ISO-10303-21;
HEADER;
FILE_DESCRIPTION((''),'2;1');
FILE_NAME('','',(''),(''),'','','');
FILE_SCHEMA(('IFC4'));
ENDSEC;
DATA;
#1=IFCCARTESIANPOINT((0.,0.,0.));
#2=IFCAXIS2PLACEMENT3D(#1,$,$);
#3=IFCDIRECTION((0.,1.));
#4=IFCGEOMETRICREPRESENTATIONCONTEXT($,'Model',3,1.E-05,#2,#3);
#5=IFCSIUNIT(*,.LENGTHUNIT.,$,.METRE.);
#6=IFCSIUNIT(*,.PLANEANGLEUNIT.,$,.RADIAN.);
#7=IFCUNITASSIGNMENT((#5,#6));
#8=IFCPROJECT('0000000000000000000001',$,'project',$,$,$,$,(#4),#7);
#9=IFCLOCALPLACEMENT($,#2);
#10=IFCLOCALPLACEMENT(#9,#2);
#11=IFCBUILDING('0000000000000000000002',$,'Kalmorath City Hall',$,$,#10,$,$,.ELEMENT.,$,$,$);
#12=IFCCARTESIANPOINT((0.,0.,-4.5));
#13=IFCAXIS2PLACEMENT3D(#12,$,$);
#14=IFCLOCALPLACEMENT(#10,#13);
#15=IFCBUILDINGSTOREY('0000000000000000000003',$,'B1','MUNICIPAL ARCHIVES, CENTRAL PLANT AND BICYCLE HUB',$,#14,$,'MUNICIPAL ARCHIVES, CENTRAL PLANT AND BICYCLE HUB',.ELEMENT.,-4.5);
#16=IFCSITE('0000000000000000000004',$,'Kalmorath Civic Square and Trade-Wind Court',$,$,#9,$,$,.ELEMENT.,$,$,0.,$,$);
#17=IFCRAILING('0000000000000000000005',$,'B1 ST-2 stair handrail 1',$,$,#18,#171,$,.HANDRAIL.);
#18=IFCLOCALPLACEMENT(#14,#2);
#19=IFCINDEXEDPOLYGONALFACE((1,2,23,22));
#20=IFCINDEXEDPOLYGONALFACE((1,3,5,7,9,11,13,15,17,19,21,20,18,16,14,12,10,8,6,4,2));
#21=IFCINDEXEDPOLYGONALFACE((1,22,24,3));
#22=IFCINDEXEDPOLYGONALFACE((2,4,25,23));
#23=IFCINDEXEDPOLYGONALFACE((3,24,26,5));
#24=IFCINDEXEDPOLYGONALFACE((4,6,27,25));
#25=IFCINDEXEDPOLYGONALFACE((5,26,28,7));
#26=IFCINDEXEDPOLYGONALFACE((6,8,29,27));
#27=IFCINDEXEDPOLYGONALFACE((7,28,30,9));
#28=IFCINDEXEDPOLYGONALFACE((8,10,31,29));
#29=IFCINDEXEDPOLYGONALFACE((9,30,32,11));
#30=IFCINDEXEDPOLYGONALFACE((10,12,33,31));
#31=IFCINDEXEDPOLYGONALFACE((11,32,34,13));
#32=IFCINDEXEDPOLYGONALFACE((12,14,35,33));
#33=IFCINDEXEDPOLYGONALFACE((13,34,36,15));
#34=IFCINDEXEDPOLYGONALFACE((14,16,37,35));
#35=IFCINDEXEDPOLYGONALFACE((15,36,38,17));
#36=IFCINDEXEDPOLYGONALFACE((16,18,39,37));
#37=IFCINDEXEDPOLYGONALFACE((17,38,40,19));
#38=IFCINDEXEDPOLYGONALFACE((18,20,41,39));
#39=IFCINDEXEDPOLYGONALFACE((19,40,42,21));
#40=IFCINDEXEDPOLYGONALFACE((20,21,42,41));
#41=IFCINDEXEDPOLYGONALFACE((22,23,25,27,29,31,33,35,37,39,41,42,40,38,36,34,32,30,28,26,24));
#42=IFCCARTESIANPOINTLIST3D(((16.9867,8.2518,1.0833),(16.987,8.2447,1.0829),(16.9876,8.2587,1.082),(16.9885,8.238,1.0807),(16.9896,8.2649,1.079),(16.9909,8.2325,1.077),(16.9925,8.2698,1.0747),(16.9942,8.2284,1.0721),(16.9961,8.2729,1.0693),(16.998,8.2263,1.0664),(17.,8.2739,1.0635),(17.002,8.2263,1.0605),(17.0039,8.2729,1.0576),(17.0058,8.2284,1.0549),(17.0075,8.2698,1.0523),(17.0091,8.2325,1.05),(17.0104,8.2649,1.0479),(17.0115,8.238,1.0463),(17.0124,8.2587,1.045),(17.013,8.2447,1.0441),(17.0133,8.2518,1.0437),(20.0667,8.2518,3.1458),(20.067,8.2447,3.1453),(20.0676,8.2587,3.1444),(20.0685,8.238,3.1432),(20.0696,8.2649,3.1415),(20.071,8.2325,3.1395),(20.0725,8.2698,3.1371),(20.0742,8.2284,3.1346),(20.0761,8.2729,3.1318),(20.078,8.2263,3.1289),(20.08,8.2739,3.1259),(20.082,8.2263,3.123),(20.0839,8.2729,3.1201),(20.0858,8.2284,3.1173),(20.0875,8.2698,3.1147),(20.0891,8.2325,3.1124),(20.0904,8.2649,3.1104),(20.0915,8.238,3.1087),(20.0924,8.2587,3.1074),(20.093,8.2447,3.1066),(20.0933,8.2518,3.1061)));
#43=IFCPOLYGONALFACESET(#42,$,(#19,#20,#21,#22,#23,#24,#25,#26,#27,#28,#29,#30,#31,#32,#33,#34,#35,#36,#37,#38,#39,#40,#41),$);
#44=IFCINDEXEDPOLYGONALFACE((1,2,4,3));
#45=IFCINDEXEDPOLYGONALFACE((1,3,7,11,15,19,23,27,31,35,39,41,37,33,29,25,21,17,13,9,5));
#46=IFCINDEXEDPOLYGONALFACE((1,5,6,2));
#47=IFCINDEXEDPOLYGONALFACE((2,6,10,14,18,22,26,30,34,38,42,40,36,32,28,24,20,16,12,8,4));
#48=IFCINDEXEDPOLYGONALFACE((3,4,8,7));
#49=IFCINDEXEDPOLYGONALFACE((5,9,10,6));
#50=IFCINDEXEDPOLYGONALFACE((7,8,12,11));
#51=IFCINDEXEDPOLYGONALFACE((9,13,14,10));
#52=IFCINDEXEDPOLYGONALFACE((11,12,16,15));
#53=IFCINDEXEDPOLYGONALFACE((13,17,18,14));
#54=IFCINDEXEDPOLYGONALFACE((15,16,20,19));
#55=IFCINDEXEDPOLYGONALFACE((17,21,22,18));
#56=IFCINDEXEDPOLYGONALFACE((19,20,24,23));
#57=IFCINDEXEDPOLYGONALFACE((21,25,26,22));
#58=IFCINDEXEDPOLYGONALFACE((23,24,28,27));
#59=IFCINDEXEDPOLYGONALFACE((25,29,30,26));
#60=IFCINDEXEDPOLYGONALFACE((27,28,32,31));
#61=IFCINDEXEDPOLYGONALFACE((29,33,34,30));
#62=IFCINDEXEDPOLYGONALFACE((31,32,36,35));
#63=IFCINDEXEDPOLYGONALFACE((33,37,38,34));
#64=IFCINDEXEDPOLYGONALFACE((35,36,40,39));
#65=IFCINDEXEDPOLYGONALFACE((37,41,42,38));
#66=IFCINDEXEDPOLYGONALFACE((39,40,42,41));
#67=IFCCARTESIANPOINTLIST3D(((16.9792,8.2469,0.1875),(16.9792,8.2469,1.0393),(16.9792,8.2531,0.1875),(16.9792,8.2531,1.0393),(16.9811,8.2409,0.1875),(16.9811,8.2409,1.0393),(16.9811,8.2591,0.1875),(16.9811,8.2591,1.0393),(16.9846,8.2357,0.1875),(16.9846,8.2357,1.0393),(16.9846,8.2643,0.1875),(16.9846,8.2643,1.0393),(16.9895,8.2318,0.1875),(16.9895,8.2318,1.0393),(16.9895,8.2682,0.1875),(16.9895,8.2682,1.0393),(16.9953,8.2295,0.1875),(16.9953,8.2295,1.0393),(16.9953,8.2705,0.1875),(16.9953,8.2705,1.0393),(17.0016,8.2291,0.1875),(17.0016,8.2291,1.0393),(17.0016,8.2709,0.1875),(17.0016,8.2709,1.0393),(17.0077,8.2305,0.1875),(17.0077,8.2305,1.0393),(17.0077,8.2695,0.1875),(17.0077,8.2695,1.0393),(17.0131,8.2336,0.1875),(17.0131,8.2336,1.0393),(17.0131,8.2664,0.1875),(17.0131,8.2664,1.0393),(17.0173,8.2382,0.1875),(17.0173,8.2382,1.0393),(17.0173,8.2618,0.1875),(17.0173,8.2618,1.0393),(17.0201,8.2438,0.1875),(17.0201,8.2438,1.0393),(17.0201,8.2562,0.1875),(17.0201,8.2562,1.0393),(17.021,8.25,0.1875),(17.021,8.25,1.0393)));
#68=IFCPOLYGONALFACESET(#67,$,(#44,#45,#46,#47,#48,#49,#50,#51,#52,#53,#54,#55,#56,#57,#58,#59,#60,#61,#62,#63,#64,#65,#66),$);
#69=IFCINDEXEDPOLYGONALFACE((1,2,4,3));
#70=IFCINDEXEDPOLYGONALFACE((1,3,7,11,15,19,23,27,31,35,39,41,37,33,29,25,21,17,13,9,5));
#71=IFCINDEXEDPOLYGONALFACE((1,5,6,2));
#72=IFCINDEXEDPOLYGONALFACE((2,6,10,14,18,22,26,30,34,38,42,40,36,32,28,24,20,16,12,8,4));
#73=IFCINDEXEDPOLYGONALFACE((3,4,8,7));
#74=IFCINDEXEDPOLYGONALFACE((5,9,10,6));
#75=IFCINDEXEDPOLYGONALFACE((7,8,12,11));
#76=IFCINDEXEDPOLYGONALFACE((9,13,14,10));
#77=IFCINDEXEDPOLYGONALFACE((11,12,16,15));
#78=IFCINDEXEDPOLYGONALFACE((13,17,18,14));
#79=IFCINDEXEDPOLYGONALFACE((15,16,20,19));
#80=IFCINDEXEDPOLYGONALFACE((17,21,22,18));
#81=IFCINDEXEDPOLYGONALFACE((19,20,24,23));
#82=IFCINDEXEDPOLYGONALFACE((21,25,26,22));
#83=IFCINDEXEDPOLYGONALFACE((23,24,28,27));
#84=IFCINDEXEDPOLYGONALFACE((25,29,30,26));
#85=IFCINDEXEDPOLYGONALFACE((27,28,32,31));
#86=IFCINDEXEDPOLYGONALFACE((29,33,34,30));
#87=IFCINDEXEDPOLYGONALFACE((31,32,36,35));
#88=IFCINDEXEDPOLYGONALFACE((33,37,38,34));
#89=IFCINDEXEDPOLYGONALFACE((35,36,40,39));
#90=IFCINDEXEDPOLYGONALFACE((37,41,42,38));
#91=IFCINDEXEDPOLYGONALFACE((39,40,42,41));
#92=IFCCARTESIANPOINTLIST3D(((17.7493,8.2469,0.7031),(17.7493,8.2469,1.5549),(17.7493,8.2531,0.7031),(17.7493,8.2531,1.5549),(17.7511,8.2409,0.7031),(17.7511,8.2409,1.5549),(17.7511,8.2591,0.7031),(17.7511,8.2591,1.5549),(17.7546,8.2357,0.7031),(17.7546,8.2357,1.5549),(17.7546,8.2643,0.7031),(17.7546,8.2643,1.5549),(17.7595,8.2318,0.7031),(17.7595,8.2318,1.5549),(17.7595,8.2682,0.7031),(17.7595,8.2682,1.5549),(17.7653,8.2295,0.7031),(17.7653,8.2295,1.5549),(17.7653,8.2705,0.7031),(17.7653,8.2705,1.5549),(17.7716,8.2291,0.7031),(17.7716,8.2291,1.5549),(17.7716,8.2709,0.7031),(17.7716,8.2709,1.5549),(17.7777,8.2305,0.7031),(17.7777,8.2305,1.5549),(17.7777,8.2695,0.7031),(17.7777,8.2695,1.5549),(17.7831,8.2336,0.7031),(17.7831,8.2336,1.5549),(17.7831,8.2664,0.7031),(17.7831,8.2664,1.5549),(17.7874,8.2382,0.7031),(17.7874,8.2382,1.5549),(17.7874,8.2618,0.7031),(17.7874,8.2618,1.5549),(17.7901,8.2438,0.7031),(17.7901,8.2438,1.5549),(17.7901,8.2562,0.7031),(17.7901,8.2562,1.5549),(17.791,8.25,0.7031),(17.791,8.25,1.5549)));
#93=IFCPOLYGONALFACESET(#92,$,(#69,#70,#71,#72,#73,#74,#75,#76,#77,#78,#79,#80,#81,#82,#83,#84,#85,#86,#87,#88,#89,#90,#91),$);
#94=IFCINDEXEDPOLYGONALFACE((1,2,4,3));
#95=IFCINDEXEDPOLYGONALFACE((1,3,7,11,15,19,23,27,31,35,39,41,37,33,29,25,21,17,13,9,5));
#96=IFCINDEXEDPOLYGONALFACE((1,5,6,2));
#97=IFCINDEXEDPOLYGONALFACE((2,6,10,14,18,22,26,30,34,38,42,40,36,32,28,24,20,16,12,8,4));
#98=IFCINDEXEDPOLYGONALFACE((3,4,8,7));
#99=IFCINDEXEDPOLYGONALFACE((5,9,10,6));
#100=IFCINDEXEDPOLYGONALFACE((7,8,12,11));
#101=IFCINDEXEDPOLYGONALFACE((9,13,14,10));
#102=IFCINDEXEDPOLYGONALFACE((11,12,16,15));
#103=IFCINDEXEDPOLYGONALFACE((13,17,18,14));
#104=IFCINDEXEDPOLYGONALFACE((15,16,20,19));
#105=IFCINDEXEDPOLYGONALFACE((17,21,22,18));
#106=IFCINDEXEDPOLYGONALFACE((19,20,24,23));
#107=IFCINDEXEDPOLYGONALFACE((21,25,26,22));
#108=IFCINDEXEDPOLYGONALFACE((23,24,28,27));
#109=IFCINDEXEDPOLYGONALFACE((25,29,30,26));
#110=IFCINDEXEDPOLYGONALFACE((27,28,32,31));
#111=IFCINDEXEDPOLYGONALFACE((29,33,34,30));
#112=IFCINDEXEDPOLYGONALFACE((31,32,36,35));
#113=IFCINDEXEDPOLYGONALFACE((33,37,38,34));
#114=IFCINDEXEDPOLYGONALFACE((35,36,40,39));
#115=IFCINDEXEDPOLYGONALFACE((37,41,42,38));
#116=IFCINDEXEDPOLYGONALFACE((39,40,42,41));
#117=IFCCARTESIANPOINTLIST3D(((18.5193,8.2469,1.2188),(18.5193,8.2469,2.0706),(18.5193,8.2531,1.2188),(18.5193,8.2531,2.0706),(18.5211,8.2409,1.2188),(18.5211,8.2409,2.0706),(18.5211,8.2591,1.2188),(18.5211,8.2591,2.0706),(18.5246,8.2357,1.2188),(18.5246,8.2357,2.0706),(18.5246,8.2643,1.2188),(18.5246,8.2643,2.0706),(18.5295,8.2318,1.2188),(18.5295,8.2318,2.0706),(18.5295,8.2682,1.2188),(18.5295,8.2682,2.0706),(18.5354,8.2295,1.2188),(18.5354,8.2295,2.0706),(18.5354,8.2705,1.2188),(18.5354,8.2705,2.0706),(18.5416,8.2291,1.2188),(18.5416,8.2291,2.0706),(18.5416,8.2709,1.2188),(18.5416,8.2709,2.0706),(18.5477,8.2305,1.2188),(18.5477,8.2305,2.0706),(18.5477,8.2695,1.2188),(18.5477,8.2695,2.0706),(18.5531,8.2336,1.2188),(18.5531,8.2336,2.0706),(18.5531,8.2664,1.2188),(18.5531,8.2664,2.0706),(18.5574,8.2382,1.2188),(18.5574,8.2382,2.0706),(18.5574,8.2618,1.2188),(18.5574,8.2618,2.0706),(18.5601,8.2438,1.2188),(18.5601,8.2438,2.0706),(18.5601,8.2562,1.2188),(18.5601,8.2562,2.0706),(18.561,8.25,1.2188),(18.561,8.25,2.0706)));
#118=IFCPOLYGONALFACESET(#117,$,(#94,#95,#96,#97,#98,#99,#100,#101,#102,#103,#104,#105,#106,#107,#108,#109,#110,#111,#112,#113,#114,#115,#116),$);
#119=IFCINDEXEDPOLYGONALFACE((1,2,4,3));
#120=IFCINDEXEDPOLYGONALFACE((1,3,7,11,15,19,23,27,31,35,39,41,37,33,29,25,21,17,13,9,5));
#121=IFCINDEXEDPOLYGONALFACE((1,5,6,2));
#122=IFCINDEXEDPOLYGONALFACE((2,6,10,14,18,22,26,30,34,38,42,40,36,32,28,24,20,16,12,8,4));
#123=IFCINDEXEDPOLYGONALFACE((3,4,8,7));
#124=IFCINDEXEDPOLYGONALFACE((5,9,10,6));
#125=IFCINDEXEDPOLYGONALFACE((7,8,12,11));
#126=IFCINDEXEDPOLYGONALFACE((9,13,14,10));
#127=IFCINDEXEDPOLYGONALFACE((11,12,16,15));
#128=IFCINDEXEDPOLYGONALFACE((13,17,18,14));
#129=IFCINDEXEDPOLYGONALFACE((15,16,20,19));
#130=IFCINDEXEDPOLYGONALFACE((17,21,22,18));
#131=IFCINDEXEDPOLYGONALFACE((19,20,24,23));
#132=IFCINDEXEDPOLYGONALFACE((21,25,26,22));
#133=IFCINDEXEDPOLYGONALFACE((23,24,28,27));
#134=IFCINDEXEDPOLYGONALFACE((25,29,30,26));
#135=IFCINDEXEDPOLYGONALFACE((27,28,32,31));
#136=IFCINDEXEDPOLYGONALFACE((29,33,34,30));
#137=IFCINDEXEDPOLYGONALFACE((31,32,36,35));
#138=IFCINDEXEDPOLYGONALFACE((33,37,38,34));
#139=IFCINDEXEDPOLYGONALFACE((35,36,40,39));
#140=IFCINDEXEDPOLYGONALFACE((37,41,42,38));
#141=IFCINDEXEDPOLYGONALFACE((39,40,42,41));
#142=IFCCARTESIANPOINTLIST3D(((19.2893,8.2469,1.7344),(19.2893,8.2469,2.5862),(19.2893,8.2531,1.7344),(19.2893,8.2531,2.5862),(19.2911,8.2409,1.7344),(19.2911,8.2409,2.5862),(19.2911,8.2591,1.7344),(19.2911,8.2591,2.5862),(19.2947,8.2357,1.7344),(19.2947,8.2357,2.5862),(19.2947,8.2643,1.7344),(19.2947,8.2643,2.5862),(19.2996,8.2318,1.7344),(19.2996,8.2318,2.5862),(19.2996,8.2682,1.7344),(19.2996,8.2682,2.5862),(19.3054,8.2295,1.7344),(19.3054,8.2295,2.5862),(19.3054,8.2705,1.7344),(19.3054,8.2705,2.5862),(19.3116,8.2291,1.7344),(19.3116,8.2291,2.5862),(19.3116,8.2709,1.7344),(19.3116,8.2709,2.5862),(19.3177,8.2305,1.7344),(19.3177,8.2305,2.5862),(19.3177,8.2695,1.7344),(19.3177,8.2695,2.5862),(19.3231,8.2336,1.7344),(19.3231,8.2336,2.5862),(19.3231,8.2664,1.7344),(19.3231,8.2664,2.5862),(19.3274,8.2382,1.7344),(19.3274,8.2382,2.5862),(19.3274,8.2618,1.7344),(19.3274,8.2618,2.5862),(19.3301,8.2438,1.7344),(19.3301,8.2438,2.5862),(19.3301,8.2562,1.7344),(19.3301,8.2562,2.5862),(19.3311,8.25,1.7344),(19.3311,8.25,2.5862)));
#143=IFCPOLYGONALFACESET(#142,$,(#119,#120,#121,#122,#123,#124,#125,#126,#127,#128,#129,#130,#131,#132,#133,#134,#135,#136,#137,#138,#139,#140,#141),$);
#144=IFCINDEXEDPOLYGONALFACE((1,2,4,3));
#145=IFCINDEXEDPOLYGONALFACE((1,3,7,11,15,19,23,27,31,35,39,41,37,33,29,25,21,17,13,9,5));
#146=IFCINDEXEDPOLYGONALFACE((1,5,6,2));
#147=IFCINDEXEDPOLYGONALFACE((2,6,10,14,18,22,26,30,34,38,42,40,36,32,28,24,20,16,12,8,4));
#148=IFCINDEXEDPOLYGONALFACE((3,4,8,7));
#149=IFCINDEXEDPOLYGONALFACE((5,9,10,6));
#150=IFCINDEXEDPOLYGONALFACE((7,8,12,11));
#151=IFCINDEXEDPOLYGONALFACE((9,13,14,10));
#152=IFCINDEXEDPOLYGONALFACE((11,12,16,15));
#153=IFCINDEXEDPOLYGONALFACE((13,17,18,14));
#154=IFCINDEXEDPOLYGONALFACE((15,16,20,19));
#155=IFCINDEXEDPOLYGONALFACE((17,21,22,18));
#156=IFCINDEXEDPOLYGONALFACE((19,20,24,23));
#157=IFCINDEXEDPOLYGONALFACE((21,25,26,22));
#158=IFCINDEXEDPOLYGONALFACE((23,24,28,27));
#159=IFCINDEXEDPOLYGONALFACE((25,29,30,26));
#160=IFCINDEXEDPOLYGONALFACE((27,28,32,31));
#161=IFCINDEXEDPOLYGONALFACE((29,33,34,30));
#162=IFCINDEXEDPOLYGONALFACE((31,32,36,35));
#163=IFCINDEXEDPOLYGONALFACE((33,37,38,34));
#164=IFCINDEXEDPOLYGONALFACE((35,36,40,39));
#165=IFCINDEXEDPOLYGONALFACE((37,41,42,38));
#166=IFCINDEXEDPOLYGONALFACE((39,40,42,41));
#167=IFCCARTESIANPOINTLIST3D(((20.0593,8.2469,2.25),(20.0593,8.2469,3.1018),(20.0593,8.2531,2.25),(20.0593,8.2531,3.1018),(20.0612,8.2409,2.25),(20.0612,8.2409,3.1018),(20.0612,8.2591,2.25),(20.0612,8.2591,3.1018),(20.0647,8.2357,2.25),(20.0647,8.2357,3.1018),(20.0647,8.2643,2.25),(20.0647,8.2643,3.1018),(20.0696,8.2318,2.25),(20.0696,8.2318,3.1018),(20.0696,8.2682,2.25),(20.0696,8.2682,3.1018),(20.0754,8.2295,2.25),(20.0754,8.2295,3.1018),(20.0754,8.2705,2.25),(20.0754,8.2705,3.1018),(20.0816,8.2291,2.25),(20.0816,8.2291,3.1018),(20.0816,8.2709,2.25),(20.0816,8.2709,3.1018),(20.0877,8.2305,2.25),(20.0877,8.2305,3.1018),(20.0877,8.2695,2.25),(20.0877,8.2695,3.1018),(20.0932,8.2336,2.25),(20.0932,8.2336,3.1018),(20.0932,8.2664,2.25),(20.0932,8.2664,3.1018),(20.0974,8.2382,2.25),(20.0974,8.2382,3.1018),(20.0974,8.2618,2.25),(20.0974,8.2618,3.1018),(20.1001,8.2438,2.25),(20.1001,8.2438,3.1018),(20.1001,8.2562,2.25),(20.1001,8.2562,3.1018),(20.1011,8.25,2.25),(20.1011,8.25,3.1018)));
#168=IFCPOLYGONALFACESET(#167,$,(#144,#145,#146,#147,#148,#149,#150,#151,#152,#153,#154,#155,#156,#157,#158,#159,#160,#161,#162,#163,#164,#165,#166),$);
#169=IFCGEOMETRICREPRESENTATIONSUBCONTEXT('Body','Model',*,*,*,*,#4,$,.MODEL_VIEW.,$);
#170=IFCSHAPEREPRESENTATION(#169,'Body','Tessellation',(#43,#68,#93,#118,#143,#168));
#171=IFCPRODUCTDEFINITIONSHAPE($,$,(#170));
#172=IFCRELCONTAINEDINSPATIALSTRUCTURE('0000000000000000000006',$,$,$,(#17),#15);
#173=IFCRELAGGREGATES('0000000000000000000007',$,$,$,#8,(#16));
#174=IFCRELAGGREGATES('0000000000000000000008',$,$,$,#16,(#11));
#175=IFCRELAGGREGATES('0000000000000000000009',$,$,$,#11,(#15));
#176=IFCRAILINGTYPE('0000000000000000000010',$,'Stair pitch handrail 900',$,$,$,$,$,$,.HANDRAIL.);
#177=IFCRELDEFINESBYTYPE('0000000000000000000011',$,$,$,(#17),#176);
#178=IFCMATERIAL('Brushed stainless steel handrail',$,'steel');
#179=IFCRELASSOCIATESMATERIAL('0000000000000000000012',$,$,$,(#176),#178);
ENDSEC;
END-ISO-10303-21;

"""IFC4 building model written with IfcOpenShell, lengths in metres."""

from ifc_helpers import new_model, si_unit, direction, frame, origin, origin_2d, place, context, subcontext, project, spatial, circle, extrude, material, type_object, element, save


model = new_model("IFC4")

# Units and contexts
model_context = context("Model", 3, precision=1e-05, world=origin(), true_north=direction((0.0, 1.0)))
body_context = subcontext(model_context, "Body", "Model", "MODEL_VIEW")
ifc_project = project(units=[si_unit("LENGTHUNIT", "METRE"), si_unit("PLANEANGLEUNIT", "RADIAN")], contexts=[model_context])

# Site, building, storey
site_placement = place(None, origin())
site = spatial("IfcSite", under=ifc_project, at=site_placement, Name="Kalmorath Civic Square and Trade-Wind Court", CompositionType="ELEMENT", RefElevation=0.0)
building_placement = place(site_placement, origin())
building = spatial("IfcBuilding", under=site, at=building_placement, Name="Kalmorath City Hall", CompositionType="ELEMENT")
storey_placement = place(building_placement, frame((0.0, 0.0, -4.5)))
storey = spatial("IfcBuildingStorey", under=building, at=storey_placement, Name="B1", Description="MUNICIPAL ARCHIVES, CENTRAL PLANT AND BICYCLE HUB", LongName="MUNICIPAL ARCHIVES, CENTRAL PLANT AND BICYCLE HUB", CompositionType="ELEMENT", Elevation=-4.5)

# Railing
ifc_material_1 = material(Name="Brushed stainless steel handrail", Category="steel")
railing_type_1 = type_object("IfcRailingType", Name="Stair pitch handrail 900", PredefinedType="HANDRAIL", material=ifc_material_1)
railing_1_placement = place(storey_placement, frame((17.0, 8.25, 0.1875)))
element("IfcRailing", 1, at=railing_1_placement, inside=storey, type_object=railing_type_1, Name="B1 ST-2 stair handrail 1", PredefinedType="HANDRAIL", context=body_context, shape_type="SweptSolid", body=[
    extrude(circle(Radius=0.0239, at=origin_2d()), frame((0.0, 0.0, 0.876), z_axis=(0.830914, 0.0, 0.556401), x_axis=(0.0, 1.0, 0.0)), (0.0, 0.0, 1.0), 3.7068),
    extrude(circle(Radius=0.021, at=origin_2d()), origin(), (0.0, 0.0, 1.0), 0.8518),
    extrude(circle(Radius=0.021, at=origin_2d()), frame((0.77, 0.0, 0.5156)), (0.0, 0.0, 1.0), 0.8518),
    extrude(circle(Radius=0.021, at=origin_2d()), frame((1.54, 0.0, 1.0312)), (0.0, 0.0, 1.0), 0.8518),
    extrude(circle(Radius=0.021, at=origin_2d()), frame((2.3101, 0.0, 1.5469)), (0.0, 0.0, 1.0), 0.8518),
    extrude(circle(Radius=0.021, at=origin_2d()), frame((3.0801, 0.0, 2.0625)), (0.0, 0.0, 1.0), 0.8518),
])

save(model, "model.ifc")
